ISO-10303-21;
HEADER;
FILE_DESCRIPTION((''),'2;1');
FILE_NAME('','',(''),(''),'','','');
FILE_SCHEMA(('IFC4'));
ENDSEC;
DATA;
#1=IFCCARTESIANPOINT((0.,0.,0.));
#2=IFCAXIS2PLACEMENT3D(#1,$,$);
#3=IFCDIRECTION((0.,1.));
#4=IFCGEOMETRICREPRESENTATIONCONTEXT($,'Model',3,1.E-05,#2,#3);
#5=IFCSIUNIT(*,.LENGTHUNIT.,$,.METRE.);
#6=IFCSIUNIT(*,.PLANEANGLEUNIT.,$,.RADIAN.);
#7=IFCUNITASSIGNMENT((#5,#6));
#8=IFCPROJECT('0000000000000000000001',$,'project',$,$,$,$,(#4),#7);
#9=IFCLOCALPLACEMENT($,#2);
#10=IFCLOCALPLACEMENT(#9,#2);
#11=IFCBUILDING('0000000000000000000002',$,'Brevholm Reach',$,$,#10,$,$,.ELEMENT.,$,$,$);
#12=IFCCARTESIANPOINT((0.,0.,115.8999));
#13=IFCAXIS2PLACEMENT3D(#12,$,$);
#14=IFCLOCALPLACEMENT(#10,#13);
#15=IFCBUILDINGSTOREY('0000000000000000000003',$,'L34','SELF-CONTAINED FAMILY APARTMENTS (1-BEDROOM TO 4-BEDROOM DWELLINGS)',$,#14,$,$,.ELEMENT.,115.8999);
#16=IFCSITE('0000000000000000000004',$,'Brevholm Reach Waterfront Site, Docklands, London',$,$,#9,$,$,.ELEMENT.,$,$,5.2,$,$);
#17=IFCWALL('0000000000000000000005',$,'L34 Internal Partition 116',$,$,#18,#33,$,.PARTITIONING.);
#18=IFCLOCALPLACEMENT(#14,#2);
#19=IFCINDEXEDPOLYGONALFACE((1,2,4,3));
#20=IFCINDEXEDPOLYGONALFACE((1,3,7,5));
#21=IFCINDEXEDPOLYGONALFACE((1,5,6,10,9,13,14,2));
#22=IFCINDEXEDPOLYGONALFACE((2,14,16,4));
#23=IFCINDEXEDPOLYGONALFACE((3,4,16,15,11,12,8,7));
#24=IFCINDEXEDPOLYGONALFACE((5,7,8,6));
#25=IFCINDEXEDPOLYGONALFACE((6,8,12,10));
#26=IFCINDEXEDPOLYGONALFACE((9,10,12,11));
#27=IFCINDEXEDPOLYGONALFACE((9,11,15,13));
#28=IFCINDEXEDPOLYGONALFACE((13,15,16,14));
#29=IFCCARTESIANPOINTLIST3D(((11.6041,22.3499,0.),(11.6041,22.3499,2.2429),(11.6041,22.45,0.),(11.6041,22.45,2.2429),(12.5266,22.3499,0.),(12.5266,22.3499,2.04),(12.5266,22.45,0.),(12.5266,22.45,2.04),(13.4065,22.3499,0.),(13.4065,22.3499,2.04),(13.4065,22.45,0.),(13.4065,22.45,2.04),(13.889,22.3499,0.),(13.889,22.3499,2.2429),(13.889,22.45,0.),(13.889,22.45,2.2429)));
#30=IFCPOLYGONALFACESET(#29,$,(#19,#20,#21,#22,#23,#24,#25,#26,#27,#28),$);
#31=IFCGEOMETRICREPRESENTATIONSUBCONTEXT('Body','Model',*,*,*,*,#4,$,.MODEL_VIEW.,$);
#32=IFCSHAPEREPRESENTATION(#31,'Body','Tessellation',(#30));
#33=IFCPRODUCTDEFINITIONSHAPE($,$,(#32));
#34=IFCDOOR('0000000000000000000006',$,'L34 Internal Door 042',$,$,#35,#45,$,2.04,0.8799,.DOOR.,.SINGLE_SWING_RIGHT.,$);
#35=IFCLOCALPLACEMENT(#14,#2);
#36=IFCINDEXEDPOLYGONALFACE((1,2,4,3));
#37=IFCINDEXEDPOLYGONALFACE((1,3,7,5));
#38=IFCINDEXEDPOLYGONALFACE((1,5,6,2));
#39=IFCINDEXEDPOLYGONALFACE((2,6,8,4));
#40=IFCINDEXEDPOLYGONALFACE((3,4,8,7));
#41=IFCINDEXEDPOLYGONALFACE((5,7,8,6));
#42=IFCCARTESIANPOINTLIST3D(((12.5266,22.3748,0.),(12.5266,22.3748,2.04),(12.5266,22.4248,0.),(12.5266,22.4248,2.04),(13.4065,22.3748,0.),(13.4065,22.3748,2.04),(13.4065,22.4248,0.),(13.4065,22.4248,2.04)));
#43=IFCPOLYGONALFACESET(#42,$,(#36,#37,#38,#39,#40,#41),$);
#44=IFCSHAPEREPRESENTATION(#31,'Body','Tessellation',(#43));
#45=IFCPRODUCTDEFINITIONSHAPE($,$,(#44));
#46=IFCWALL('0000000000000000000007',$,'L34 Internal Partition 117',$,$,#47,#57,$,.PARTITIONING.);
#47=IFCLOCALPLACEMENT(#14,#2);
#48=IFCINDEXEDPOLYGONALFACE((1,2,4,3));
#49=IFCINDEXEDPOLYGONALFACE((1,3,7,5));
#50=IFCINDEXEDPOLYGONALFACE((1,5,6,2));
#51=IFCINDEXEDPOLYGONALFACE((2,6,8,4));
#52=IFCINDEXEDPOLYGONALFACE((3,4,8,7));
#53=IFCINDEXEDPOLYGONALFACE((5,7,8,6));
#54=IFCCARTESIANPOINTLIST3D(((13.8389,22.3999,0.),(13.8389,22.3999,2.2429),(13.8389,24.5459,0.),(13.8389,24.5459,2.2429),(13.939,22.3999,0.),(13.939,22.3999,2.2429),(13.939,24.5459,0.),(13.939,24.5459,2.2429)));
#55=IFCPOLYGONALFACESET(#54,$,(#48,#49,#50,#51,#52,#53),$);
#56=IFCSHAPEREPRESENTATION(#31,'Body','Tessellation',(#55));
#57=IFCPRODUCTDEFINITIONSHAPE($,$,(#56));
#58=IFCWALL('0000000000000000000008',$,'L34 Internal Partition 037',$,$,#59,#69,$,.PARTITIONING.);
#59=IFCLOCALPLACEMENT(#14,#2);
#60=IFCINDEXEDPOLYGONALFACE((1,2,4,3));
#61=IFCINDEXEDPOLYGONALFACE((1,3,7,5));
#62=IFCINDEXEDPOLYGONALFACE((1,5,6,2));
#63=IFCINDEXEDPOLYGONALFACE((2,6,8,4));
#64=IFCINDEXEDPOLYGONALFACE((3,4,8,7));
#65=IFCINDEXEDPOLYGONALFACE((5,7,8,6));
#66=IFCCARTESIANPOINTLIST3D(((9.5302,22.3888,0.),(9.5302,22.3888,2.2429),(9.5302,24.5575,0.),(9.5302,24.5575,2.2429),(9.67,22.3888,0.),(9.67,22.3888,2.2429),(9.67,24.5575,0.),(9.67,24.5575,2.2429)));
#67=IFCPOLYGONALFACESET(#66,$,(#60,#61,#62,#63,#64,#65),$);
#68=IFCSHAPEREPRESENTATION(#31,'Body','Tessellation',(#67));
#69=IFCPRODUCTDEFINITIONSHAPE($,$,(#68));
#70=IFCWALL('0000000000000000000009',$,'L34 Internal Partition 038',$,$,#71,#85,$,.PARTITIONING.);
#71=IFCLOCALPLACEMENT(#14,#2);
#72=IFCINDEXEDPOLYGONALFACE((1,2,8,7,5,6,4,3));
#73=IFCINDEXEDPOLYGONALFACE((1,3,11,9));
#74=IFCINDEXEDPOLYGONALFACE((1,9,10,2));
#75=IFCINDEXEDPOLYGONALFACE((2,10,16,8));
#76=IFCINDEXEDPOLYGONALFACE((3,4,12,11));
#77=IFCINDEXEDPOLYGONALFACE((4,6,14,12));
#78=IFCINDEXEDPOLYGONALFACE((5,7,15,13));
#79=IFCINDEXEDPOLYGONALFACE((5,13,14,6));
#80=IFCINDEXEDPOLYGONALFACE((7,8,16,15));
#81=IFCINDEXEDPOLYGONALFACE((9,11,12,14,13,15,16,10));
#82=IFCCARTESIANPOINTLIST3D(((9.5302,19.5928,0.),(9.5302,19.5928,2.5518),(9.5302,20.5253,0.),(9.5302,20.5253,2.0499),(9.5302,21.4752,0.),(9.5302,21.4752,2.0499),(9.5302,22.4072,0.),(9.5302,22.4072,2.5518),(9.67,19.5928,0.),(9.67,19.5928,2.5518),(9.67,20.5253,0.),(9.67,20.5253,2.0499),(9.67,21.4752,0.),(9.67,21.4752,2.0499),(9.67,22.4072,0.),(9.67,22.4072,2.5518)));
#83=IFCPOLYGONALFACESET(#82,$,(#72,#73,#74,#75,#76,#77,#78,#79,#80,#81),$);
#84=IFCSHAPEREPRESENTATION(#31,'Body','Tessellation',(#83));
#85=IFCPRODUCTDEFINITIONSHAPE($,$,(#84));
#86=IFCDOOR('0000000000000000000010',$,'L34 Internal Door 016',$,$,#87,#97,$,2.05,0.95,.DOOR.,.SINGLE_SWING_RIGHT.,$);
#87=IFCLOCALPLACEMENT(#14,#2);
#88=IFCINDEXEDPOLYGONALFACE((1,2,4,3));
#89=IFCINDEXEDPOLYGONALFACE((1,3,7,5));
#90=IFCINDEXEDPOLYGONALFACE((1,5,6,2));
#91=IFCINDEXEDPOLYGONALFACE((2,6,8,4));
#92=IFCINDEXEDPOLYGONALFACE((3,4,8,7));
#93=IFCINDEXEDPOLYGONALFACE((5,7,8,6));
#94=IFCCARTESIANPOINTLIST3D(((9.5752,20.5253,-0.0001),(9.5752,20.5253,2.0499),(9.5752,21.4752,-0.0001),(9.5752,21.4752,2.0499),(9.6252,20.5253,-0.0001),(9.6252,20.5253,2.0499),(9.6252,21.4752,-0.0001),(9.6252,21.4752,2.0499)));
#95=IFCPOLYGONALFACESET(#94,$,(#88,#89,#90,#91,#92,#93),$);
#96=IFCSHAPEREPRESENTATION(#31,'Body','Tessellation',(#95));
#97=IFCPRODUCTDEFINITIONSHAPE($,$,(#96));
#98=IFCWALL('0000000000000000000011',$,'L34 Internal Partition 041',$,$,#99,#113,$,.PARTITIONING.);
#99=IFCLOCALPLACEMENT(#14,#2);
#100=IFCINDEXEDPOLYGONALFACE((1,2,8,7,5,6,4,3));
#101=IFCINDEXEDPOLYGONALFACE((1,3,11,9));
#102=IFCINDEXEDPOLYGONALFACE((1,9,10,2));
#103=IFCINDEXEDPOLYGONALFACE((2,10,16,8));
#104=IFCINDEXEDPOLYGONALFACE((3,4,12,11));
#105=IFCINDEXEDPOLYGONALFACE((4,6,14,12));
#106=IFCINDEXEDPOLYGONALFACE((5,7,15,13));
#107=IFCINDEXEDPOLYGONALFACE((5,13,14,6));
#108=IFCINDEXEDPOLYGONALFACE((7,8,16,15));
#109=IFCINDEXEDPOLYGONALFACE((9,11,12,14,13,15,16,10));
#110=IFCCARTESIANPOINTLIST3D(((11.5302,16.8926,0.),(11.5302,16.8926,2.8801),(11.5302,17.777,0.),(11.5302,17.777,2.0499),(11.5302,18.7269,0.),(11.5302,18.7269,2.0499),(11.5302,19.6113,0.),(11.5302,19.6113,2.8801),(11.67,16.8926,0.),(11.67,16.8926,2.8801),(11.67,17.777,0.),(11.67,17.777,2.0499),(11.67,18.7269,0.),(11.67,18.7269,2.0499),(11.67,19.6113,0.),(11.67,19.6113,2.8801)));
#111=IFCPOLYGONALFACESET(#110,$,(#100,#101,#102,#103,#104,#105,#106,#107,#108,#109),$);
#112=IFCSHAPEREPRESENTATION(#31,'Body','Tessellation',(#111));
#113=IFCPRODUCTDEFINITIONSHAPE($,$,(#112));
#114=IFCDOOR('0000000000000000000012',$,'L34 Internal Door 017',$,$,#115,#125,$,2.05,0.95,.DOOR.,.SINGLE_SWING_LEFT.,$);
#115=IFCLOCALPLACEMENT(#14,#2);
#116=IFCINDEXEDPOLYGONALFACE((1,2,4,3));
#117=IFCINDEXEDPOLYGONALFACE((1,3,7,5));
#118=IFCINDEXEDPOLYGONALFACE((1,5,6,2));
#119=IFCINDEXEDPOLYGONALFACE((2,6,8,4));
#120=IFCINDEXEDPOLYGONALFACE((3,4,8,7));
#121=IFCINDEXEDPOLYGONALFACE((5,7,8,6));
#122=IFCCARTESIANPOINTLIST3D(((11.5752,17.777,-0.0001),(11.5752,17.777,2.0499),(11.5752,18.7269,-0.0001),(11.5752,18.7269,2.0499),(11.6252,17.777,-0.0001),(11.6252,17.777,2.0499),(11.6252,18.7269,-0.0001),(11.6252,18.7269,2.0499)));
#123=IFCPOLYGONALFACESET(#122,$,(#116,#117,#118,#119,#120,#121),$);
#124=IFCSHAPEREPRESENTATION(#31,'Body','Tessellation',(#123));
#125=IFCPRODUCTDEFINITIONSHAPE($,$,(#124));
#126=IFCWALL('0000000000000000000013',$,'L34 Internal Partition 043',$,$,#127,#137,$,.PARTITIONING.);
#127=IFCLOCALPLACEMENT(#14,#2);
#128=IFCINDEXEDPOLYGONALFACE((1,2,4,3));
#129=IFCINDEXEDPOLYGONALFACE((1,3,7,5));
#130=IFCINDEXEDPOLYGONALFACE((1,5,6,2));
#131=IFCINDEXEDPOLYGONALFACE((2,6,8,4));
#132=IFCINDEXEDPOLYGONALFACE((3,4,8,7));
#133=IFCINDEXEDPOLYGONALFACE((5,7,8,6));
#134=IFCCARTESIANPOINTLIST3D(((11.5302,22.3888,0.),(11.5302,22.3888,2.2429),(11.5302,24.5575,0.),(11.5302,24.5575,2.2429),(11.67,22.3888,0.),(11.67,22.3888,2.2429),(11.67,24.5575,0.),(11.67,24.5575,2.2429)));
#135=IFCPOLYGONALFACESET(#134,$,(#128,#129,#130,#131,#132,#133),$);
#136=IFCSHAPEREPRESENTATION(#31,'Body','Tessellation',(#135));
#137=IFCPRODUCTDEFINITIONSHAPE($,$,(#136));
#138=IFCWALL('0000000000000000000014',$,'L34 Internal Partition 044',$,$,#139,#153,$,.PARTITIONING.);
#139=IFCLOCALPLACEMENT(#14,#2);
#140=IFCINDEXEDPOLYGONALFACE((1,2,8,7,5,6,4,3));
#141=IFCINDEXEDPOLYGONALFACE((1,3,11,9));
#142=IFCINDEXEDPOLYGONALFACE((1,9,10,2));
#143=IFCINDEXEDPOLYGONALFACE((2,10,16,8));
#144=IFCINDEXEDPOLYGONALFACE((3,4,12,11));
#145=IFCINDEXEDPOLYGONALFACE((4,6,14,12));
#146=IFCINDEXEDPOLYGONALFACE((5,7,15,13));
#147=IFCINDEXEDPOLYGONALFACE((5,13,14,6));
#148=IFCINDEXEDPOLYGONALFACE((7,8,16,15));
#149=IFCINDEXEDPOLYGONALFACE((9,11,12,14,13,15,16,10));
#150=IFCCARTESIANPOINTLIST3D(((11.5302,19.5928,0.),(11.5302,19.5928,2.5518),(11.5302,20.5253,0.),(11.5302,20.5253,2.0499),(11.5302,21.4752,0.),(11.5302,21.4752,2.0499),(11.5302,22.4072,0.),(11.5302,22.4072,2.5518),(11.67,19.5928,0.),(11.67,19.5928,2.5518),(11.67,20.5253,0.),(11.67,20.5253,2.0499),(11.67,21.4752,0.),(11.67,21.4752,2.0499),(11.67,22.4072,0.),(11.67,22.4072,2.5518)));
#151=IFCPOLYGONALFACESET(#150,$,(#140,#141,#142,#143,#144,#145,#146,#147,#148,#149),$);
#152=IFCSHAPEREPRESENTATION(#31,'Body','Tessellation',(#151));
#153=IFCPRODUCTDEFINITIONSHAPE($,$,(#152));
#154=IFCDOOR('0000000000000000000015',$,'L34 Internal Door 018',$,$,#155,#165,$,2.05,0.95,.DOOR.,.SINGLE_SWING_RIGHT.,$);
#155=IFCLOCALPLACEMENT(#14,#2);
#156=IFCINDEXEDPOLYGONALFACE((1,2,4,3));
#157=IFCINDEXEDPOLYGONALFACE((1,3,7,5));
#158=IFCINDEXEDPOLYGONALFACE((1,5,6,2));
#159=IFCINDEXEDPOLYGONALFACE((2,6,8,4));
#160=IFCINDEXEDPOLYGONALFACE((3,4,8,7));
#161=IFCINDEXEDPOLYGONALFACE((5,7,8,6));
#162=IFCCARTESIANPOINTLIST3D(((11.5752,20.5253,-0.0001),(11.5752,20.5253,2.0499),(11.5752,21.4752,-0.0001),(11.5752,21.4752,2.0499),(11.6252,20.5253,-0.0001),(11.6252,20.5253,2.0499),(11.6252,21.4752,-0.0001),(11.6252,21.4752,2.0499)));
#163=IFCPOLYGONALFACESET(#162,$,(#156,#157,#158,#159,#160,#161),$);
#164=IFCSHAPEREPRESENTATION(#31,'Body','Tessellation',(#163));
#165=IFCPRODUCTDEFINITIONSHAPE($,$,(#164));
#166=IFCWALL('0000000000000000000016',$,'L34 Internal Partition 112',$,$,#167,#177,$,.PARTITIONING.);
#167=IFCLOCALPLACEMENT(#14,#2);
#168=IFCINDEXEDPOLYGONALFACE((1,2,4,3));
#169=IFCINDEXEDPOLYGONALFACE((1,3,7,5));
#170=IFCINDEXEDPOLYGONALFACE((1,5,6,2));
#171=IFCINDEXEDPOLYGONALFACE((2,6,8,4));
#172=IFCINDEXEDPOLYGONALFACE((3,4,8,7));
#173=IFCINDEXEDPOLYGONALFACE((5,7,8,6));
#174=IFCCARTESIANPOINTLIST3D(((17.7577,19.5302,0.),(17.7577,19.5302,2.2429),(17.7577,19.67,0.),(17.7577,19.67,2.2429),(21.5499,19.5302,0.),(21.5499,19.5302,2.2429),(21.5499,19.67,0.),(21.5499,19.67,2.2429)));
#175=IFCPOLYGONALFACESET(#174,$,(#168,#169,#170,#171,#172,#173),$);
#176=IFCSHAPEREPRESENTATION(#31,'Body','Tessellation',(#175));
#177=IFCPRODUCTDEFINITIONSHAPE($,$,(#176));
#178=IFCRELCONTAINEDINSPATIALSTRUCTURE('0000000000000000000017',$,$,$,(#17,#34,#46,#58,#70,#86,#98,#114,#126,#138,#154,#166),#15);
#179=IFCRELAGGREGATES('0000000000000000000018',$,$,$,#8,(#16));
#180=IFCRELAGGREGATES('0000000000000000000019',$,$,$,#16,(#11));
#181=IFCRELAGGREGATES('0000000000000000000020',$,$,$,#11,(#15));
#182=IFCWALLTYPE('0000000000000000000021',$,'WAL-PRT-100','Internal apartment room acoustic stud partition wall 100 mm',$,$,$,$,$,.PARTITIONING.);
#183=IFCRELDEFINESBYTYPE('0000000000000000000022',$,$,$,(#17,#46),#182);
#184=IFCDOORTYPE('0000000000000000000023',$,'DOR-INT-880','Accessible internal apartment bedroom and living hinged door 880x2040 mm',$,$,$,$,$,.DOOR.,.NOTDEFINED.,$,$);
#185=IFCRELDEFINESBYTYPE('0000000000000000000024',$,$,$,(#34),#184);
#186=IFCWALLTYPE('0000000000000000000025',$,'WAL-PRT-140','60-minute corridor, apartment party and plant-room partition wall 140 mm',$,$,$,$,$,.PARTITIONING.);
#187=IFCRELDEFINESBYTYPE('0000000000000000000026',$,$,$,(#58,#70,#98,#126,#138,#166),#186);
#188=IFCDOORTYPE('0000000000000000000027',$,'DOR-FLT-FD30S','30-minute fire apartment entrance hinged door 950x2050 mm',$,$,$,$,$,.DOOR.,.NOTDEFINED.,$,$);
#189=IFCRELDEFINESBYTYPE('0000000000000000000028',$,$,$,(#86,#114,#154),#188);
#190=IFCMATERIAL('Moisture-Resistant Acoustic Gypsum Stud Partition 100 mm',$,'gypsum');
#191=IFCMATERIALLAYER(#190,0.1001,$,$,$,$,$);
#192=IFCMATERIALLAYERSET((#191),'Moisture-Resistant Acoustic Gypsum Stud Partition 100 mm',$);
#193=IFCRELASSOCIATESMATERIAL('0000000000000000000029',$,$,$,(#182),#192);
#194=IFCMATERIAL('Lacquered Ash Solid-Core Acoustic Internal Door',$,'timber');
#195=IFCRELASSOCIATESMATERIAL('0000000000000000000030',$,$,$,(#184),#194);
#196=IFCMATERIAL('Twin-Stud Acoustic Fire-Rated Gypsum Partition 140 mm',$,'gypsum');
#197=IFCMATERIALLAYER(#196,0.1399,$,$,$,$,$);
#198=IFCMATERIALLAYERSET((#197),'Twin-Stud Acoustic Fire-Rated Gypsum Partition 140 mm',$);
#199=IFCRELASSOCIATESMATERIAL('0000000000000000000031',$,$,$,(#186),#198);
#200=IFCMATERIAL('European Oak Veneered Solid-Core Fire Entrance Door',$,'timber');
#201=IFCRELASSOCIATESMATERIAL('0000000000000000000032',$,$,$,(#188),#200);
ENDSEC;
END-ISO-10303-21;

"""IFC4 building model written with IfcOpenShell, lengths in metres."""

from ifc_helpers import new_model, si_unit, direction, frame, frame_2d, origin, place, context, subcontext, project, spatial, rectangle, extrude, material, layer, layer_set, type_object, element, fill, save


model = new_model("IFC4")

# Units and contexts
model_context = context("Model", 3, precision=1e-05, world=origin(), true_north=direction((0.0, 1.0)))
body_context = subcontext(model_context, "Body", "Model", "MODEL_VIEW")
ifc_project = project(units=[si_unit("LENGTHUNIT", "METRE"), si_unit("PLANEANGLEUNIT", "RADIAN")], contexts=[model_context])

# Site, building, storey
site_placement = place(None, origin())
site = spatial("IfcSite", under=ifc_project, at=site_placement, Name="Brevholm Reach Waterfront Site, Docklands, London", CompositionType="ELEMENT", RefElevation=5.2)
building_placement = place(site_placement, origin())
building = spatial("IfcBuilding", under=site, at=building_placement, Name="Brevholm Reach", CompositionType="ELEMENT")
storey_placement = place(building_placement, frame((0.0, 0.0, 115.8999)))
storey = spatial("IfcBuildingStorey", under=building, at=storey_placement, Name="L34", Description="SELF-CONTAINED FAMILY APARTMENTS (1-BEDROOM TO 4-BEDROOM DWELLINGS)", CompositionType="ELEMENT", Elevation=115.8999)

# Wall, opening, door
ifc_material_1 = material(Name="Moisture-Resistant Acoustic Gypsum Stud Partition 100 mm", Category="gypsum")
ifc_layer_1 = layer(ifc_material_1, 0.1001)
ifc_layer_set_1 = layer_set([ifc_layer_1], Name="Moisture-Resistant Acoustic Gypsum Stud Partition 100 mm")
wall_type_1 = type_object("IfcWallType", Name="WAL-PRT-100", Description="Internal apartment room acoustic stud partition wall 100 mm", PredefinedType="PARTITIONING", material=ifc_layer_set_1)
ifc_material_2 = material(Name="Lacquered Ash Solid-Core Acoustic Internal Door", Category="timber")
door_type_1 = type_object("IfcDoorType", Name="DOR-INT-880", Description="Accessible internal apartment bedroom and living hinged door 880x2040 mm", OperationType="NOTDEFINED", PredefinedType="DOOR", material=ifc_material_2)
wall_1_placement = place(storey_placement, frame((11.604, 22.3999, 0.0), z_axis=(0.0, 0.0, 1.0), x_axis=(1.0, 0.0, 0.0)))
wall_1 = element("IfcWall", 1, at=wall_1_placement, inside=storey, type_object=wall_type_1, Name="L34 Internal Partition 116", PredefinedType="PARTITIONING", context=body_context, shape_type="SweptSolid", body=[
    extrude(rectangle(XDim=2.2849, YDim=0.1001, at=frame_2d((1.1426, 0.0))), origin(), (0.0, 0.0, 1.0), 2.2429),
])
opening_1_placement = place(wall_1_placement, frame((0.9226, 0.0, 0.0)))
opening_1 = element("IfcOpeningElement", 2, at=opening_1_placement, cuts=wall_1, PredefinedType="OPENING", context=body_context, shape_type="SweptSolid", body=[
    extrude(rectangle(XDim=0.8799, YDim=2.04, at=frame_2d((0.4399, 1.02))), frame((0.0, 0.0601, 0.0), z_axis=(0.0, -1.0, 0.0), x_axis=(1.0, 0.0, 0.0)), (0.0, 0.0, 1.0), 0.1201),
])
door_1_placement = place(opening_1_placement, origin())
door_1 = element("IfcDoor", 3, at=door_1_placement, inside=storey, type_object=door_type_1, Name="L34 Internal Door 042", OperationType="SINGLE_SWING_RIGHT", OverallHeight=2.04, OverallWidth=0.8799, PredefinedType="DOOR", context=body_context, shape_type="SweptSolid", body=[
    extrude(rectangle(XDim=0.8799, YDim=2.04, at=frame_2d((0.4399, 1.02))), frame((0.0, 0.0249, 0.0), z_axis=(0.0, -1.0, 0.0), x_axis=(1.0, 0.0, 0.0)), (0.0, 0.0, 1.0), 0.05),
])
fill(opening_1, door_1)

# Walls
wall_2_placement = place(storey_placement, frame((13.8889, 22.3999, 0.0), z_axis=(0.0, 0.0, 1.0), x_axis=(0.0, 1.0, 0.0)))
element("IfcWall", 4, at=wall_2_placement, inside=storey, type_object=wall_type_1, Name="L34 Internal Partition 117", PredefinedType="PARTITIONING", context=body_context, shape_type="SweptSolid", body=[
    extrude(rectangle(XDim=2.146, YDim=0.1001, at=frame_2d((1.073, 0.0))), origin(), (0.0, 0.0, 1.0), 2.2429),
])
ifc_material_3 = material(Name="Twin-Stud Acoustic Fire-Rated Gypsum Partition 140 mm", Category="gypsum")
ifc_layer_2 = layer(ifc_material_3, 0.1399)
ifc_layer_set_2 = layer_set([ifc_layer_2], Name="Twin-Stud Acoustic Fire-Rated Gypsum Partition 140 mm")
wall_type_2 = type_object("IfcWallType", Name="WAL-PRT-140", Description="60-minute corridor, apartment party and plant-room partition wall 140 mm", PredefinedType="PARTITIONING", material=ifc_layer_set_2)
wall_3_placement = place(storey_placement, frame((9.6001, 22.3887, 0.0), z_axis=(0.0, 0.0, 1.0), x_axis=(0.0, 1.0, 0.0)))
element("IfcWall", 5, at=wall_3_placement, inside=storey, type_object=wall_type_2, Name="L34 Internal Partition 037", PredefinedType="PARTITIONING", context=body_context, shape_type="SweptSolid", body=[
    extrude(rectangle(XDim=2.1687, YDim=0.1399, at=frame_2d((1.0845, 0.0))), origin(), (0.0, 0.0, 1.0), 2.2429),
])

# Walls, openings, doors
wall_4_placement = place(storey_placement, frame((9.6001, 19.5928, 0.0), z_axis=(0.0, 0.0, 1.0), x_axis=(0.0, 1.0, 0.0)))
wall_4 = element("IfcWall", 6, at=wall_4_placement, inside=storey, type_object=wall_type_2, Name="L34 Internal Partition 038", PredefinedType="PARTITIONING", context=body_context, shape_type="SweptSolid", body=[
    extrude(rectangle(XDim=2.8145, YDim=0.1399, at=frame_2d((1.4072, 0.0))), origin(), (0.0, 0.0, 1.0), 2.5518),
])
opening_2_placement = place(wall_4_placement, frame((0.9324, 0.0, 0.0)))
opening_2 = element("IfcOpeningElement", 7, at=opening_2_placement, cuts=wall_4, PredefinedType="OPENING", context=body_context, shape_type="SweptSolid", body=[
    extrude(rectangle(XDim=0.95, YDim=2.05, at=frame_2d((0.4751, 1.0249))), frame((0.0, 0.0798, 0.0), z_axis=(0.0, -1.0, 0.0), x_axis=(1.0, 0.0, 0.0)), (0.0, 0.0, 1.0), 0.1599),
])
ifc_material_4 = material(Name="European Oak Veneered Solid-Core Fire Entrance Door", Category="timber")
door_type_2 = type_object("IfcDoorType", Name="DOR-FLT-FD30S", Description="30-minute fire apartment entrance hinged door 950x2050 mm", OperationType="NOTDEFINED", PredefinedType="DOOR", material=ifc_material_4)
door_2_placement = place(opening_2_placement, origin())
door_2 = element("IfcDoor", 8, at=door_2_placement, inside=storey, type_object=door_type_2, Name="L34 Internal Door 016", OperationType="SINGLE_SWING_RIGHT", OverallHeight=2.05, OverallWidth=0.95, PredefinedType="DOOR", context=body_context, shape_type="SweptSolid", body=[
    extrude(rectangle(XDim=0.95, YDim=2.05, at=frame_2d((0.4751, 1.0249))), frame((0.0, 0.0249, 0.0), z_axis=(0.0, -1.0, 0.0), x_axis=(1.0, 0.0, 0.0)), (0.0, 0.0, 1.0), 0.05),
])
fill(opening_2, door_2)
wall_5_placement = place(storey_placement, frame((11.6001, 16.8926, 0.0), z_axis=(0.0, 0.0, 1.0), x_axis=(0.0, 1.0, 0.0)))
wall_5 = element("IfcWall", 9, at=wall_5_placement, inside=storey, type_object=wall_type_2, Name="L34 Internal Partition 041", PredefinedType="PARTITIONING", context=body_context, shape_type="SweptSolid", body=[
    extrude(rectangle(XDim=2.7188, YDim=0.1399, at=frame_2d((1.3594, 0.0))), origin(), (0.0, 0.0, 1.0), 2.8801),
])
opening_3_placement = place(wall_5_placement, frame((0.8843, 0.0, 0.0)))
opening_3 = element("IfcOpeningElement", 10, at=opening_3_placement, cuts=wall_5, PredefinedType="OPENING", context=body_context, shape_type="SweptSolid", body=[
    extrude(rectangle(XDim=0.95, YDim=2.05, at=frame_2d((0.4751, 1.0249))), frame((0.0, 0.0798, 0.0), z_axis=(0.0, -1.0, 0.0), x_axis=(1.0, 0.0, 0.0)), (0.0, 0.0, 1.0), 0.1599),
])
door_3_placement = place(opening_3_placement, origin())
door_3 = element("IfcDoor", 11, at=door_3_placement, inside=storey, type_object=door_type_2, Name="L34 Internal Door 017", OperationType="SINGLE_SWING_LEFT", OverallHeight=2.05, OverallWidth=0.95, PredefinedType="DOOR", context=body_context, shape_type="SweptSolid", body=[
    extrude(rectangle(XDim=0.95, YDim=2.05, at=frame_2d((0.4751, 1.0249))), frame((0.0, 0.0249, 0.0), z_axis=(0.0, -1.0, 0.0), x_axis=(1.0, 0.0, 0.0)), (0.0, 0.0, 1.0), 0.05),
])
fill(opening_3, door_3)

# Wall
wall_6_placement = place(storey_placement, frame((11.6001, 22.3887, 0.0), z_axis=(0.0, 0.0, 1.0), x_axis=(0.0, 1.0, 0.0)))
element("IfcWall", 12, at=wall_6_placement, inside=storey, type_object=wall_type_2, Name="L34 Internal Partition 043", PredefinedType="PARTITIONING", context=body_context, shape_type="SweptSolid", body=[
    extrude(rectangle(XDim=2.1687, YDim=0.1399, at=frame_2d((1.0845, 0.0))), origin(), (0.0, 0.0, 1.0), 2.2429),
])

# Wall, opening, door
wall_7_placement = place(storey_placement, frame((11.6001, 19.5928, 0.0), z_axis=(0.0, 0.0, 1.0), x_axis=(0.0, 1.0, 0.0)))
wall_7 = element("IfcWall", 13, at=wall_7_placement, inside=storey, type_object=wall_type_2, Name="L34 Internal Partition 044", PredefinedType="PARTITIONING", context=body_context, shape_type="SweptSolid", body=[
    extrude(rectangle(XDim=2.8145, YDim=0.1399, at=frame_2d((1.4072, 0.0))), origin(), (0.0, 0.0, 1.0), 2.5518),
])
opening_4_placement = place(wall_7_placement, frame((0.9324, 0.0, 0.0)))
opening_4 = element("IfcOpeningElement", 14, at=opening_4_placement, cuts=wall_7, PredefinedType="OPENING", context=body_context, shape_type="SweptSolid", body=[
    extrude(rectangle(XDim=0.95, YDim=2.05, at=frame_2d((0.4751, 1.0249))), frame((0.0, 0.0798, 0.0), z_axis=(0.0, -1.0, 0.0), x_axis=(1.0, 0.0, 0.0)), (0.0, 0.0, 1.0), 0.1599),
])
door_4_placement = place(opening_4_placement, origin())
door_4 = element("IfcDoor", 15, at=door_4_placement, inside=storey, type_object=door_type_2, Name="L34 Internal Door 018", OperationType="SINGLE_SWING_RIGHT", OverallHeight=2.05, OverallWidth=0.95, PredefinedType="DOOR", context=body_context, shape_type="SweptSolid", body=[
    extrude(rectangle(XDim=0.95, YDim=2.05, at=frame_2d((0.4751, 1.0249))), frame((0.0, 0.0249, 0.0), z_axis=(0.0, -1.0, 0.0), x_axis=(1.0, 0.0, 0.0)), (0.0, 0.0, 1.0), 0.05),
])
fill(opening_4, door_4)

# Wall
wall_8_placement = place(storey_placement, frame((17.7578, 19.6001, 0.0), z_axis=(0.0, 0.0, 1.0), x_axis=(1.0, 0.0, 0.0)))
element("IfcWall", 16, at=wall_8_placement, inside=storey, type_object=wall_type_2, Name="L34 Internal Partition 112", PredefinedType="PARTITIONING", context=body_context, shape_type="SweptSolid", body=[
    extrude(rectangle(XDim=3.7922, YDim=0.1399, at=frame_2d((1.896, 0.0))), origin(), (0.0, 0.0, 1.0), 2.2429),
])

save(model, "model.ifc")
